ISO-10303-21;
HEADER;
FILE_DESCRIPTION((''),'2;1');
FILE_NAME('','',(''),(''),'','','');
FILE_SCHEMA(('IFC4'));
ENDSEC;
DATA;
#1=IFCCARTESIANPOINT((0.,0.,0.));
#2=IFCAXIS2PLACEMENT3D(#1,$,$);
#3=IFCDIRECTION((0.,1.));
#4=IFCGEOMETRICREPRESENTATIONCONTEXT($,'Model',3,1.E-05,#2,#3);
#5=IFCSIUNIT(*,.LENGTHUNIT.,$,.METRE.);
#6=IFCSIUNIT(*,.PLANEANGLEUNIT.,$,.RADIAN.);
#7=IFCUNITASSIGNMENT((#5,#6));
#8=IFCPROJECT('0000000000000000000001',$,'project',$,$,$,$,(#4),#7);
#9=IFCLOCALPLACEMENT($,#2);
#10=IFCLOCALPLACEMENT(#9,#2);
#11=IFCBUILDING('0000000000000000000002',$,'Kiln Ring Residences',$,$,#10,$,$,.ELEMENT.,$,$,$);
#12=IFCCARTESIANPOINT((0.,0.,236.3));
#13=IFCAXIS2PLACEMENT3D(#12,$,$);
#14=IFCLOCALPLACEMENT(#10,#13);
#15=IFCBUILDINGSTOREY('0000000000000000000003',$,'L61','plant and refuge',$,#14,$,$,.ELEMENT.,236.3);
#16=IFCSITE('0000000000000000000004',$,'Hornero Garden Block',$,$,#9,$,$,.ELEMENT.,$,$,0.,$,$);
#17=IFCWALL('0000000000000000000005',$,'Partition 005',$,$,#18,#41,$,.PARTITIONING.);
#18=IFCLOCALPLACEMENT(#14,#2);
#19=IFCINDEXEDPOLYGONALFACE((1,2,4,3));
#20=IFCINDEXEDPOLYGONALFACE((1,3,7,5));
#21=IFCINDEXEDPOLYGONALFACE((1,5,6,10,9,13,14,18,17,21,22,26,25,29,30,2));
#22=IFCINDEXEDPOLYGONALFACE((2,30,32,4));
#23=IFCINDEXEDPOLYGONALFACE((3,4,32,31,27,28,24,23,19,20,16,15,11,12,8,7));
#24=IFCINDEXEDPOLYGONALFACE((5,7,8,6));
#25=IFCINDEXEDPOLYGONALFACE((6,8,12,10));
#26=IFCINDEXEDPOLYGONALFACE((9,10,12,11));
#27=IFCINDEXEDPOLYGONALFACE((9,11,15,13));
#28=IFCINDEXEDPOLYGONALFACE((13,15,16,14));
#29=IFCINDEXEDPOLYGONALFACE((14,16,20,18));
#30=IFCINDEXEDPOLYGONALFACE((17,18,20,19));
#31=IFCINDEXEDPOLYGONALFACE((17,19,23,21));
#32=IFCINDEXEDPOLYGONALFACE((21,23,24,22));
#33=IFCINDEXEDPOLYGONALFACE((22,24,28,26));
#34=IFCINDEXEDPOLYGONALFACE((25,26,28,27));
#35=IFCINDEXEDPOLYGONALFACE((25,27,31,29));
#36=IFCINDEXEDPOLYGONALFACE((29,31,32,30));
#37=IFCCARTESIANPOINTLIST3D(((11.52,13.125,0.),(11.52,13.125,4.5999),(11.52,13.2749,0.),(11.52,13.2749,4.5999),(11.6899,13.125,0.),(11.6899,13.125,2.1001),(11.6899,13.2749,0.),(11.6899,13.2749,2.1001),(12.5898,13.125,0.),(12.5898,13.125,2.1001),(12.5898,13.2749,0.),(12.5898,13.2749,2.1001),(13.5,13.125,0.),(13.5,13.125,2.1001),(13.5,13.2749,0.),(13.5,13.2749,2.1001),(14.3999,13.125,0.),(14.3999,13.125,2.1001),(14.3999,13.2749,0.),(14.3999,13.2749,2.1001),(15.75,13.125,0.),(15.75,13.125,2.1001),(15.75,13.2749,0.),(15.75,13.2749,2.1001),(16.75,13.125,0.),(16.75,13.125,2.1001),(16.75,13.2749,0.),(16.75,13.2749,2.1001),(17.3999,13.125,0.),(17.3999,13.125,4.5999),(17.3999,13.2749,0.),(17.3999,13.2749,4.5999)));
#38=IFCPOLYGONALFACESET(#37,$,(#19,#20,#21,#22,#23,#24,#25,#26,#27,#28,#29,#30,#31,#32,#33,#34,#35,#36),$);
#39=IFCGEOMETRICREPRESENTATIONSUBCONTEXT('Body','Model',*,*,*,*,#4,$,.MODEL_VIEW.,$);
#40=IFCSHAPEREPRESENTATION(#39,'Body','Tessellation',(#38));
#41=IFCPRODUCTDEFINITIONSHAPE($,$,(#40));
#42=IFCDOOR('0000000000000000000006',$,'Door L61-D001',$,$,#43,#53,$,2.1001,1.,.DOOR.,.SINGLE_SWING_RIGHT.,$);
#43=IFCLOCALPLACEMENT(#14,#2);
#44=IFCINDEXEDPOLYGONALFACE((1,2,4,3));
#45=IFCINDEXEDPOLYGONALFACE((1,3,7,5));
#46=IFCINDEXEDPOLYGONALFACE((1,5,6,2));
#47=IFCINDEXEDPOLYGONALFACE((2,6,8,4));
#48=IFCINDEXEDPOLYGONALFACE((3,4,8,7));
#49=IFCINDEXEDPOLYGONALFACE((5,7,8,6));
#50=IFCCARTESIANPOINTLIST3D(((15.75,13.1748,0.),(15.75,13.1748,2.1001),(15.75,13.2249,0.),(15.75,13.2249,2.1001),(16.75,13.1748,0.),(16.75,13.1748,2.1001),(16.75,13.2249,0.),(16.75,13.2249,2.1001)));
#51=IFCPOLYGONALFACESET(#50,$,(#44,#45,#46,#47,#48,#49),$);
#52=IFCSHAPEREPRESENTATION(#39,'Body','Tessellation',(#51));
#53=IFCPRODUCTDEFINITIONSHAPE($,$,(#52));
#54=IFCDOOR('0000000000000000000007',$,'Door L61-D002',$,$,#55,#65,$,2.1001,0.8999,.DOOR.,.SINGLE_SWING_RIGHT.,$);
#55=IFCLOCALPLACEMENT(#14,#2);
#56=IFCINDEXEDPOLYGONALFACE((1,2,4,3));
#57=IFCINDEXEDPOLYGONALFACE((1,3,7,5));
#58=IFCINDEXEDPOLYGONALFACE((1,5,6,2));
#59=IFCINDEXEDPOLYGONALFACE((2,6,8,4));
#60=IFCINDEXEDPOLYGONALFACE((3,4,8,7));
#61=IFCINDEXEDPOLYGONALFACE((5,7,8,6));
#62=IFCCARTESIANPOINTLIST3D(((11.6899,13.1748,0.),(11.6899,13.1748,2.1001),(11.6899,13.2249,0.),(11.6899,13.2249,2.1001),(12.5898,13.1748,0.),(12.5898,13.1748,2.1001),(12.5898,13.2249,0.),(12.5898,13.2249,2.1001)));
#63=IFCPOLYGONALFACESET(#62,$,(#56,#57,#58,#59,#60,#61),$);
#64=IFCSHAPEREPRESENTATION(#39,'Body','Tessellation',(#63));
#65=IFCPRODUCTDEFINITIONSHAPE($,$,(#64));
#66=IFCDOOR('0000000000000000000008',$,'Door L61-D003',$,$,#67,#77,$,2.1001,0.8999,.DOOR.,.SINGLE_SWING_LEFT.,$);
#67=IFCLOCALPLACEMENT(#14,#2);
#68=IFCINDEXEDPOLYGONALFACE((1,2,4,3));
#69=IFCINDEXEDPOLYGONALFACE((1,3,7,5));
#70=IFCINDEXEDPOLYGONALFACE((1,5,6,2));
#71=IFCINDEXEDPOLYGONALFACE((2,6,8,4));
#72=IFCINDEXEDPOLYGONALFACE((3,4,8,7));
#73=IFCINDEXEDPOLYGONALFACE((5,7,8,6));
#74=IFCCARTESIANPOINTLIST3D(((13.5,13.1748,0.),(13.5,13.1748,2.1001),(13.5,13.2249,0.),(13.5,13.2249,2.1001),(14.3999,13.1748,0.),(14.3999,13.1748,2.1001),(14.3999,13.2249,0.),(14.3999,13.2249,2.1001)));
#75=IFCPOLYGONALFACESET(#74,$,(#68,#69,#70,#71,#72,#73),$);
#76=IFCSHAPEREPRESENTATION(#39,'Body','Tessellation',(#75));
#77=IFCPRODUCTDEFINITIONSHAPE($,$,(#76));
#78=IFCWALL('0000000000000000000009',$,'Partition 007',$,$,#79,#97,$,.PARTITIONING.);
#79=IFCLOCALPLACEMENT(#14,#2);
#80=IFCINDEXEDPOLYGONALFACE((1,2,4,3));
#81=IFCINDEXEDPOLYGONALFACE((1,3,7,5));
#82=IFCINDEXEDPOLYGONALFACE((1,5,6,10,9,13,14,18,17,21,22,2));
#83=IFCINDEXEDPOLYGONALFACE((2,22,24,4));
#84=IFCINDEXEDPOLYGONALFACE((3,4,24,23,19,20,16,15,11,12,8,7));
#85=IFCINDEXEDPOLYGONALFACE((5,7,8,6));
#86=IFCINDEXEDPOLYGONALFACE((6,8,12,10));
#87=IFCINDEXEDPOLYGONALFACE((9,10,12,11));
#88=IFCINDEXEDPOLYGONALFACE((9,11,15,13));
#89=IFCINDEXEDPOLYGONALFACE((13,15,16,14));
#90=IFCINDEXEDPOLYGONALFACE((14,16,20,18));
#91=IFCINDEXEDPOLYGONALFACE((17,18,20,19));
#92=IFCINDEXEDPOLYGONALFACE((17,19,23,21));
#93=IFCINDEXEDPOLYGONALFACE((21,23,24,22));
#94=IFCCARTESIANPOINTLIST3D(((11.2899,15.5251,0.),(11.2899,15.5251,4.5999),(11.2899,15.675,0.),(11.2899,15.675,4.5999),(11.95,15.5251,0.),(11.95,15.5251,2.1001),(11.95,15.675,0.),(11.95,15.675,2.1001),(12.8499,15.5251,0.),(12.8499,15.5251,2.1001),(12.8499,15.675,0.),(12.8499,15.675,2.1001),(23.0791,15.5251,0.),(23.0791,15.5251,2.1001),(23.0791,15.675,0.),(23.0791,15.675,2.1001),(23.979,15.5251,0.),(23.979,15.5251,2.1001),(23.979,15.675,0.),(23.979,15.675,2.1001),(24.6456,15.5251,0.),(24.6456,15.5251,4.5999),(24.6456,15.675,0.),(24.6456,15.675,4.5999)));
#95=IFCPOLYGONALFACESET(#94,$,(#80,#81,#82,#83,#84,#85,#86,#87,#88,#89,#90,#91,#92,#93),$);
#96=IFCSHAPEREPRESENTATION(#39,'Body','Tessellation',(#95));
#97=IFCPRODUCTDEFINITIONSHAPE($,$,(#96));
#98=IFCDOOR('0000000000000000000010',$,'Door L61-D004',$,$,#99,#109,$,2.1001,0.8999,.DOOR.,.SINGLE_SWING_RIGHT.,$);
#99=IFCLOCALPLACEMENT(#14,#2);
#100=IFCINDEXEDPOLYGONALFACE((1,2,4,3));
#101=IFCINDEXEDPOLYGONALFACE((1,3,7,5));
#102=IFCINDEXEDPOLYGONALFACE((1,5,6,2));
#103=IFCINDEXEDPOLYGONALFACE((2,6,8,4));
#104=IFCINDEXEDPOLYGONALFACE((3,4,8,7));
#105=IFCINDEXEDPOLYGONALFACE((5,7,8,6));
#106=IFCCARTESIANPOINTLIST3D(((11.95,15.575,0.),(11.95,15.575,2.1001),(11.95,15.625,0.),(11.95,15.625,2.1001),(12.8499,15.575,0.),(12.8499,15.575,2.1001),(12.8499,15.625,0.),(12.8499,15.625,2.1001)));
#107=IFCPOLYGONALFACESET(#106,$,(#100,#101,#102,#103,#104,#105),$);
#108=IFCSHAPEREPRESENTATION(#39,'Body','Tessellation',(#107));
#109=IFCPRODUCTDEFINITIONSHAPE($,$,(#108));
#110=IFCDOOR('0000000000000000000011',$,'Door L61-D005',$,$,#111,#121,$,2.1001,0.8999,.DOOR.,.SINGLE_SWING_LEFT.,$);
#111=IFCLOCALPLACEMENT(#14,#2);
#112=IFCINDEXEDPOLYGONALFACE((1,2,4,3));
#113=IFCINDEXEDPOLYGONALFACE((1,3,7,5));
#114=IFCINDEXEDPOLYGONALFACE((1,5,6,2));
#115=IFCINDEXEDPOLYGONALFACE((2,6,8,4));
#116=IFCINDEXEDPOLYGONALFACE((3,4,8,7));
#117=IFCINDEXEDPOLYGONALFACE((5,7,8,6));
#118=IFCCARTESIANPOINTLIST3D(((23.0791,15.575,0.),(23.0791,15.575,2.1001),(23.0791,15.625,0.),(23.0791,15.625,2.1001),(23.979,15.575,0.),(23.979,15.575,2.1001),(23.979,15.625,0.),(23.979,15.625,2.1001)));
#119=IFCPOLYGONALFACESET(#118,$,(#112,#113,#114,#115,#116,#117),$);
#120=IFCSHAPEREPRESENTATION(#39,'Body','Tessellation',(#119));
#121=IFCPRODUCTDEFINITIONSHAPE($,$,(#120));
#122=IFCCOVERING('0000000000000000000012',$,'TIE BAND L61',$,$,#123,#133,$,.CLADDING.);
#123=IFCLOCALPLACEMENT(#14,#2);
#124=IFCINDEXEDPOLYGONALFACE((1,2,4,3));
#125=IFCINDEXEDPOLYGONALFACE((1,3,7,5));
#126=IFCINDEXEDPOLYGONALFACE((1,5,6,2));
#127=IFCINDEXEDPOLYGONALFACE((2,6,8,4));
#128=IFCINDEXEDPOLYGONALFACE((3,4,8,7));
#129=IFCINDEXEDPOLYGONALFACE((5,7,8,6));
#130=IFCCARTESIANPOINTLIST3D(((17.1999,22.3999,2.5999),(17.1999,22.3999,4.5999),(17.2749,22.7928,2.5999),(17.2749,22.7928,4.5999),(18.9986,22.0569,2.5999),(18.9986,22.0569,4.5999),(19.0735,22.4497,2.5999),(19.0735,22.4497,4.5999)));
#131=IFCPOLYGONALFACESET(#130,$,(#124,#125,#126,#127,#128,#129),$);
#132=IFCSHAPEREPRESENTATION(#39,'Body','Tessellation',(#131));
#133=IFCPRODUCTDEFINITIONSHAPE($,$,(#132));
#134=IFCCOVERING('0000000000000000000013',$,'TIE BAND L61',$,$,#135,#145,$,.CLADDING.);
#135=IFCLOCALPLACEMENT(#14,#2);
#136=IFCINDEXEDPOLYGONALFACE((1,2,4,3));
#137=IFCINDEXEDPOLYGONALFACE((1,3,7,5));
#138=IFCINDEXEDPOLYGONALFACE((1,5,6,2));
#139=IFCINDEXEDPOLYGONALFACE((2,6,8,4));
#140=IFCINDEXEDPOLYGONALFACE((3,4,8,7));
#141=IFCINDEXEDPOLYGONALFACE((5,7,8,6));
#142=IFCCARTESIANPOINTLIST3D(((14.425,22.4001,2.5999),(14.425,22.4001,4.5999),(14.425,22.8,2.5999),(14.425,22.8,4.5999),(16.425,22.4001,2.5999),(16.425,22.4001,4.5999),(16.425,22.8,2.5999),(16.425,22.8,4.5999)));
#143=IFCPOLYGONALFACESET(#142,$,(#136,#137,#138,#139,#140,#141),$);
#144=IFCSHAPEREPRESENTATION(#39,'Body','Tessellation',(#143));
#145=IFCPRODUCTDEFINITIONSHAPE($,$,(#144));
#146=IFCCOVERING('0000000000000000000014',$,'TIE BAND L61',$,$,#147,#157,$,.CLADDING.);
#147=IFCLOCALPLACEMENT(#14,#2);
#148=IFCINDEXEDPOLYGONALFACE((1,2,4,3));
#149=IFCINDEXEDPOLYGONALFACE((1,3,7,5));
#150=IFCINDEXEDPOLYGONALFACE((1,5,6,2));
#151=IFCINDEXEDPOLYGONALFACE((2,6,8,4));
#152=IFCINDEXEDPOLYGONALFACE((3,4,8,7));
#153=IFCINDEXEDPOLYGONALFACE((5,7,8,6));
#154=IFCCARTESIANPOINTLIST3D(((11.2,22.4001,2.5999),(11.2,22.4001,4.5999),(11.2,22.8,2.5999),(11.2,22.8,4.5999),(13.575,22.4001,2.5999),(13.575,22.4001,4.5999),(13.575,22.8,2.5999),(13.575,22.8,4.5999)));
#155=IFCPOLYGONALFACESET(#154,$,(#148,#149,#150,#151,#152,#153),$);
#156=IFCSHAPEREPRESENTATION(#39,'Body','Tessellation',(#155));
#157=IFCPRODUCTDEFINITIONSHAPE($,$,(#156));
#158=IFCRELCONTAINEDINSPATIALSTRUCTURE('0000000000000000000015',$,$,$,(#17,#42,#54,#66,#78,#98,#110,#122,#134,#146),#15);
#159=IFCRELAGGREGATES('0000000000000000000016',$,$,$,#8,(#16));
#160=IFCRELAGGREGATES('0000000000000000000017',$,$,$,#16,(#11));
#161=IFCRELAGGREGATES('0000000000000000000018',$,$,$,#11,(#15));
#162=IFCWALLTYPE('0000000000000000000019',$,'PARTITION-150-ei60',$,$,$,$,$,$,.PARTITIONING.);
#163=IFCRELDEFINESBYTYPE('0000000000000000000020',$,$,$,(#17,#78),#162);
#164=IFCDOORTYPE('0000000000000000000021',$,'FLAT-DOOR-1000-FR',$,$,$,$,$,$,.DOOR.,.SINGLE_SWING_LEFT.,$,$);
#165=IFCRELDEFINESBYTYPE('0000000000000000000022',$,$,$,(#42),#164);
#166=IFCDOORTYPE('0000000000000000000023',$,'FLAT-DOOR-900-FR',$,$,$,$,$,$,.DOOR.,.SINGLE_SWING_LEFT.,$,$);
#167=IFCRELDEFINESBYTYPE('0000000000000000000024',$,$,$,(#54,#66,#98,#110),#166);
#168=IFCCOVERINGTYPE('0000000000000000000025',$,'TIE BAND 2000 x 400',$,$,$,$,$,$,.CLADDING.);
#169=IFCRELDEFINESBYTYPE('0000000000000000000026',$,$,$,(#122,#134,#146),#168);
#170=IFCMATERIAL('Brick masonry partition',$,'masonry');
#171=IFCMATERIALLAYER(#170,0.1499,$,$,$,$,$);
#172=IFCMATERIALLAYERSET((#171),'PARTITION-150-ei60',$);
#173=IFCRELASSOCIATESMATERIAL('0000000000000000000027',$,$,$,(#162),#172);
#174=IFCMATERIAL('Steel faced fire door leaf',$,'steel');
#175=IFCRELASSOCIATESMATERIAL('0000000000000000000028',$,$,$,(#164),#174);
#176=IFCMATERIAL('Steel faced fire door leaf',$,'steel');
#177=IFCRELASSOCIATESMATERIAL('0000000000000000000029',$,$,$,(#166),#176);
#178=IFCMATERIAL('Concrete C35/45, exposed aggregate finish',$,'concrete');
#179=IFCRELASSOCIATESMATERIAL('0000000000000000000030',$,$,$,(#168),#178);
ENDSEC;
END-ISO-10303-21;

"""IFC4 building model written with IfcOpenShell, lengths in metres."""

from ifc_helpers import new_model, si_unit, direction, frame, frame_2d, origin, origin_2d, place, context, subcontext, project, spatial, rectangle, extrude, material, layer, layer_set, type_object, element, fill, save


model = new_model("IFC4")

# Units and contexts
model_context = context("Model", 3, precision=1e-05, world=origin(), true_north=direction((0.0, 1.0)))
body_context = subcontext(model_context, "Body", "Model", "MODEL_VIEW")
ifc_project = project(units=[si_unit("LENGTHUNIT", "METRE"), si_unit("PLANEANGLEUNIT", "RADIAN")], contexts=[model_context])

# Site, building, storey
site_placement = place(None, origin())
site = spatial("IfcSite", under=ifc_project, at=site_placement, Name="Hornero Garden Block", CompositionType="ELEMENT", RefElevation=0.0)
building_placement = place(site_placement, origin())
building = spatial("IfcBuilding", under=site, at=building_placement, Name="Kiln Ring Residences", CompositionType="ELEMENT")
storey_placement = place(building_placement, frame((0.0, 0.0, 236.3)))
storey = spatial("IfcBuildingStorey", under=building, at=storey_placement, Name="L61", Description="plant and refuge", CompositionType="ELEMENT", Elevation=236.3)

# Walls, openings, doors
ifc_material_1 = material(Name="Brick masonry partition", Category="masonry")
ifc_layer_1 = layer(ifc_material_1, 0.1499)
ifc_layer_set_1 = layer_set([ifc_layer_1], Name="PARTITION-150-ei60")
wall_type_1 = type_object("IfcWallType", Name="PARTITION-150-ei60", PredefinedType="PARTITIONING", material=ifc_layer_set_1)
wall_1_placement = place(storey_placement, frame((11.52, 13.2, 0.0), z_axis=(0.0, 0.0, 1.0), x_axis=(1.0, 0.0, 0.0)))
wall_1 = element("IfcWall", 1, at=wall_1_placement, inside=storey, type_object=wall_type_1, Name="Partition 005", PredefinedType="PARTITIONING", context=body_context, shape_type="SweptSolid", body=[
    extrude(rectangle(XDim=5.8799, YDim=0.1499, at=frame_2d((2.9399, 0.0))), origin(), (0.0, 0.0, 1.0), 4.5999),
])
opening_1_placement = place(wall_1_placement, frame((4.23, 0.0, 0.0)))
opening_1 = element("IfcOpeningElement", 2, at=opening_1_placement, cuts=wall_1, PredefinedType="OPENING", context=body_context, shape_type="SweptSolid", body=[
    extrude(rectangle(XDim=1.0, YDim=2.1001, at=frame_2d((0.5, 1.05))), frame((0.0, 0.085, 0.0), z_axis=(0.0, -1.0, 0.0), x_axis=(1.0, 0.0, 0.0)), (0.0, 0.0, 1.0), 0.1699),
])
opening_2_placement = place(wall_1_placement, frame((0.1699, 0.0, 0.0)))
opening_2 = element("IfcOpeningElement", 3, at=opening_2_placement, cuts=wall_1, PredefinedType="OPENING", context=body_context, shape_type="SweptSolid", body=[
    extrude(rectangle(XDim=0.8999, YDim=2.1001, at=frame_2d((0.45, 1.05))), frame((0.0, 0.085, 0.0), z_axis=(0.0, -1.0, 0.0), x_axis=(1.0, 0.0, 0.0)), (0.0, 0.0, 1.0), 0.1699),
])
opening_3_placement = place(wall_1_placement, frame((1.98, 0.0, 0.0)))
opening_3 = element("IfcOpeningElement", 4, at=opening_3_placement, cuts=wall_1, PredefinedType="OPENING", context=body_context, shape_type="SweptSolid", body=[
    extrude(rectangle(XDim=0.8999, YDim=2.1001, at=frame_2d((0.45, 1.05))), frame((0.0, 0.085, 0.0), z_axis=(0.0, -1.0, 0.0), x_axis=(1.0, 0.0, 0.0)), (0.0, 0.0, 1.0), 0.1699),
])
ifc_material_2 = material(Name="Steel faced fire door leaf", Category="steel")
door_type_1 = type_object("IfcDoorType", Name="FLAT-DOOR-1000-FR", OperationType="SINGLE_SWING_LEFT", PredefinedType="DOOR", material=ifc_material_2)
door_1_placement = place(opening_1_placement, origin())
door_1 = element("IfcDoor", 5, at=door_1_placement, inside=storey, type_object=door_type_1, Name="Door L61-D001", OperationType="SINGLE_SWING_RIGHT", OverallHeight=2.1001, OverallWidth=1.0, PredefinedType="DOOR", context=body_context, shape_type="SweptSolid", body=[
    extrude(rectangle(XDim=1.0, YDim=2.1001, at=frame_2d((0.5, 1.05))), frame((0.0, 0.0249, 0.0), z_axis=(0.0, -1.0, 0.0), x_axis=(1.0, 0.0, 0.0)), (0.0, 0.0, 1.0), 0.05),
])
fill(opening_1, door_1)
ifc_material_3 = material(Name="Steel faced fire door leaf", Category="steel")
door_type_2 = type_object("IfcDoorType", Name="FLAT-DOOR-900-FR", OperationType="SINGLE_SWING_LEFT", PredefinedType="DOOR", material=ifc_material_3)
door_2_placement = place(opening_2_placement, origin())
door_2 = element("IfcDoor", 6, at=door_2_placement, inside=storey, type_object=door_type_2, Name="Door L61-D002", OperationType="SINGLE_SWING_RIGHT", OverallHeight=2.1001, OverallWidth=0.8999, PredefinedType="DOOR", context=body_context, shape_type="SweptSolid", body=[
    extrude(rectangle(XDim=0.8999, YDim=2.1001, at=frame_2d((0.45, 1.05))), frame((0.0, 0.0249, 0.0), z_axis=(0.0, -1.0, 0.0), x_axis=(1.0, 0.0, 0.0)), (0.0, 0.0, 1.0), 0.05),
])
fill(opening_2, door_2)
door_3_placement = place(opening_3_placement, origin())
door_3 = element("IfcDoor", 7, at=door_3_placement, inside=storey, type_object=door_type_2, Name="Door L61-D003", OperationType="SINGLE_SWING_LEFT", OverallHeight=2.1001, OverallWidth=0.8999, PredefinedType="DOOR", context=body_context, shape_type="SweptSolid", body=[
    extrude(rectangle(XDim=0.8999, YDim=2.1001, at=frame_2d((0.45, 1.05))), frame((0.0, 0.0249, 0.0), z_axis=(0.0, -1.0, 0.0), x_axis=(1.0, 0.0, 0.0)), (0.0, 0.0, 1.0), 0.05),
])
fill(opening_3, door_3)
wall_2_placement = place(storey_placement, frame((11.29, 15.6001, 0.0), z_axis=(0.0, 0.0, 1.0), x_axis=(1.0, 0.0, 0.0)))
wall_2 = element("IfcWall", 8, at=wall_2_placement, inside=storey, type_object=wall_type_1, Name="Partition 007", PredefinedType="PARTITIONING", context=body_context, shape_type="SweptSolid", body=[
    extrude(rectangle(XDim=13.3557, YDim=0.1499, at=frame_2d((6.6777, 0.0))), origin(), (0.0, 0.0, 1.0), 4.5999),
])
opening_4_placement = place(wall_2_placement, frame((0.6599, 0.0, 0.0)))
opening_4 = element("IfcOpeningElement", 9, at=opening_4_placement, cuts=wall_2, PredefinedType="OPENING", context=body_context, shape_type="SweptSolid", body=[
    extrude(rectangle(XDim=0.8999, YDim=2.1001, at=frame_2d((0.45, 1.05))), frame((0.0, 0.085, 0.0), z_axis=(0.0, -1.0, 0.0), x_axis=(1.0, 0.0, 0.0)), (0.0, 0.0, 1.0), 0.1699),
])
opening_5_placement = place(wall_2_placement, frame((11.7891, 0.0, 0.0)))
opening_5 = element("IfcOpeningElement", 10, at=opening_5_placement, cuts=wall_2, PredefinedType="OPENING", context=body_context, shape_type="SweptSolid", body=[
    extrude(rectangle(XDim=0.8999, YDim=2.1001, at=frame_2d((0.45, 1.05))), frame((0.0, 0.085, 0.0), z_axis=(0.0, -1.0, 0.0), x_axis=(1.0, 0.0, 0.0)), (0.0, 0.0, 1.0), 0.1699),
])
door_4_placement = place(opening_4_placement, origin())
door_4 = element("IfcDoor", 11, at=door_4_placement, inside=storey, type_object=door_type_2, Name="Door L61-D004", OperationType="SINGLE_SWING_RIGHT", OverallHeight=2.1001, OverallWidth=0.8999, PredefinedType="DOOR", context=body_context, shape_type="SweptSolid", body=[
    extrude(rectangle(XDim=0.8999, YDim=2.1001, at=frame_2d((0.45, 1.05))), frame((0.0, 0.0249, 0.0), z_axis=(0.0, -1.0, 0.0), x_axis=(1.0, 0.0, 0.0)), (0.0, 0.0, 1.0), 0.05),
])
fill(opening_4, door_4)
door_5_placement = place(opening_5_placement, origin())
door_5 = element("IfcDoor", 12, at=door_5_placement, inside=storey, type_object=door_type_2, Name="Door L61-D005", OperationType="SINGLE_SWING_LEFT", OverallHeight=2.1001, OverallWidth=0.8999, PredefinedType="DOOR", context=body_context, shape_type="SweptSolid", body=[
    extrude(rectangle(XDim=0.8999, YDim=2.1001, at=frame_2d((0.45, 1.05))), frame((0.0, 0.0249, 0.0), z_axis=(0.0, -1.0, 0.0), x_axis=(1.0, 0.0, 0.0)), (0.0, 0.0, 1.0), 0.05),
])
fill(opening_5, door_5)

# Coverings
ifc_material_4 = material(Name="Concrete C35/45, exposed aggregate finish", Category="concrete")
covering_type = type_object("IfcCoveringType", Name="TIE BAND 2000 x 400", PredefinedType="CLADDING", material=ifc_material_4)
covering_1_placement = place(storey_placement, frame((18.1367, 22.4248, 2.5999), z_axis=(0.0, 0.0, 1.0), x_axis=(-0.98229, 0.187366, 0.0)))
element("IfcCovering", 13, at=covering_1_placement, inside=storey, type_object=covering_type, Name="TIE BAND L61", PredefinedType="CLADDING", context=body_context, shape_type="SweptSolid", body=[
    extrude(rectangle(XDim=1.8311, YDim=0.3999, at=origin_2d()), origin(), (0.0, 0.0, 1.0), 2.0),
])
covering_2_placement = place(storey_placement, frame((15.425, 22.6001, 2.5999), z_axis=(0.0, 0.0, 1.0), x_axis=(-1.0, 0.0, 0.0)))
element("IfcCovering", 14, at=covering_2_placement, inside=storey, type_object=covering_type, Name="TIE BAND L61", PredefinedType="CLADDING", context=body_context, shape_type="SweptSolid", body=[
    extrude(rectangle(XDim=2.0, YDim=0.3999, at=origin_2d()), origin(), (0.0, 0.0, 1.0), 2.0),
])
covering_3_placement = place(storey_placement, frame((12.3875, 22.6001, 2.5999), z_axis=(0.0, 0.0, 1.0), x_axis=(-1.0, 0.0, 0.0)))
element("IfcCovering", 15, at=covering_3_placement, inside=storey, type_object=covering_type, Name="TIE BAND L61", PredefinedType="CLADDING", context=body_context, shape_type="SweptSolid", body=[
    extrude(rectangle(XDim=2.375, YDim=0.3999, at=origin_2d()), origin(), (0.0, 0.0, 1.0), 2.0),
])

save(model, "model.ifc")
